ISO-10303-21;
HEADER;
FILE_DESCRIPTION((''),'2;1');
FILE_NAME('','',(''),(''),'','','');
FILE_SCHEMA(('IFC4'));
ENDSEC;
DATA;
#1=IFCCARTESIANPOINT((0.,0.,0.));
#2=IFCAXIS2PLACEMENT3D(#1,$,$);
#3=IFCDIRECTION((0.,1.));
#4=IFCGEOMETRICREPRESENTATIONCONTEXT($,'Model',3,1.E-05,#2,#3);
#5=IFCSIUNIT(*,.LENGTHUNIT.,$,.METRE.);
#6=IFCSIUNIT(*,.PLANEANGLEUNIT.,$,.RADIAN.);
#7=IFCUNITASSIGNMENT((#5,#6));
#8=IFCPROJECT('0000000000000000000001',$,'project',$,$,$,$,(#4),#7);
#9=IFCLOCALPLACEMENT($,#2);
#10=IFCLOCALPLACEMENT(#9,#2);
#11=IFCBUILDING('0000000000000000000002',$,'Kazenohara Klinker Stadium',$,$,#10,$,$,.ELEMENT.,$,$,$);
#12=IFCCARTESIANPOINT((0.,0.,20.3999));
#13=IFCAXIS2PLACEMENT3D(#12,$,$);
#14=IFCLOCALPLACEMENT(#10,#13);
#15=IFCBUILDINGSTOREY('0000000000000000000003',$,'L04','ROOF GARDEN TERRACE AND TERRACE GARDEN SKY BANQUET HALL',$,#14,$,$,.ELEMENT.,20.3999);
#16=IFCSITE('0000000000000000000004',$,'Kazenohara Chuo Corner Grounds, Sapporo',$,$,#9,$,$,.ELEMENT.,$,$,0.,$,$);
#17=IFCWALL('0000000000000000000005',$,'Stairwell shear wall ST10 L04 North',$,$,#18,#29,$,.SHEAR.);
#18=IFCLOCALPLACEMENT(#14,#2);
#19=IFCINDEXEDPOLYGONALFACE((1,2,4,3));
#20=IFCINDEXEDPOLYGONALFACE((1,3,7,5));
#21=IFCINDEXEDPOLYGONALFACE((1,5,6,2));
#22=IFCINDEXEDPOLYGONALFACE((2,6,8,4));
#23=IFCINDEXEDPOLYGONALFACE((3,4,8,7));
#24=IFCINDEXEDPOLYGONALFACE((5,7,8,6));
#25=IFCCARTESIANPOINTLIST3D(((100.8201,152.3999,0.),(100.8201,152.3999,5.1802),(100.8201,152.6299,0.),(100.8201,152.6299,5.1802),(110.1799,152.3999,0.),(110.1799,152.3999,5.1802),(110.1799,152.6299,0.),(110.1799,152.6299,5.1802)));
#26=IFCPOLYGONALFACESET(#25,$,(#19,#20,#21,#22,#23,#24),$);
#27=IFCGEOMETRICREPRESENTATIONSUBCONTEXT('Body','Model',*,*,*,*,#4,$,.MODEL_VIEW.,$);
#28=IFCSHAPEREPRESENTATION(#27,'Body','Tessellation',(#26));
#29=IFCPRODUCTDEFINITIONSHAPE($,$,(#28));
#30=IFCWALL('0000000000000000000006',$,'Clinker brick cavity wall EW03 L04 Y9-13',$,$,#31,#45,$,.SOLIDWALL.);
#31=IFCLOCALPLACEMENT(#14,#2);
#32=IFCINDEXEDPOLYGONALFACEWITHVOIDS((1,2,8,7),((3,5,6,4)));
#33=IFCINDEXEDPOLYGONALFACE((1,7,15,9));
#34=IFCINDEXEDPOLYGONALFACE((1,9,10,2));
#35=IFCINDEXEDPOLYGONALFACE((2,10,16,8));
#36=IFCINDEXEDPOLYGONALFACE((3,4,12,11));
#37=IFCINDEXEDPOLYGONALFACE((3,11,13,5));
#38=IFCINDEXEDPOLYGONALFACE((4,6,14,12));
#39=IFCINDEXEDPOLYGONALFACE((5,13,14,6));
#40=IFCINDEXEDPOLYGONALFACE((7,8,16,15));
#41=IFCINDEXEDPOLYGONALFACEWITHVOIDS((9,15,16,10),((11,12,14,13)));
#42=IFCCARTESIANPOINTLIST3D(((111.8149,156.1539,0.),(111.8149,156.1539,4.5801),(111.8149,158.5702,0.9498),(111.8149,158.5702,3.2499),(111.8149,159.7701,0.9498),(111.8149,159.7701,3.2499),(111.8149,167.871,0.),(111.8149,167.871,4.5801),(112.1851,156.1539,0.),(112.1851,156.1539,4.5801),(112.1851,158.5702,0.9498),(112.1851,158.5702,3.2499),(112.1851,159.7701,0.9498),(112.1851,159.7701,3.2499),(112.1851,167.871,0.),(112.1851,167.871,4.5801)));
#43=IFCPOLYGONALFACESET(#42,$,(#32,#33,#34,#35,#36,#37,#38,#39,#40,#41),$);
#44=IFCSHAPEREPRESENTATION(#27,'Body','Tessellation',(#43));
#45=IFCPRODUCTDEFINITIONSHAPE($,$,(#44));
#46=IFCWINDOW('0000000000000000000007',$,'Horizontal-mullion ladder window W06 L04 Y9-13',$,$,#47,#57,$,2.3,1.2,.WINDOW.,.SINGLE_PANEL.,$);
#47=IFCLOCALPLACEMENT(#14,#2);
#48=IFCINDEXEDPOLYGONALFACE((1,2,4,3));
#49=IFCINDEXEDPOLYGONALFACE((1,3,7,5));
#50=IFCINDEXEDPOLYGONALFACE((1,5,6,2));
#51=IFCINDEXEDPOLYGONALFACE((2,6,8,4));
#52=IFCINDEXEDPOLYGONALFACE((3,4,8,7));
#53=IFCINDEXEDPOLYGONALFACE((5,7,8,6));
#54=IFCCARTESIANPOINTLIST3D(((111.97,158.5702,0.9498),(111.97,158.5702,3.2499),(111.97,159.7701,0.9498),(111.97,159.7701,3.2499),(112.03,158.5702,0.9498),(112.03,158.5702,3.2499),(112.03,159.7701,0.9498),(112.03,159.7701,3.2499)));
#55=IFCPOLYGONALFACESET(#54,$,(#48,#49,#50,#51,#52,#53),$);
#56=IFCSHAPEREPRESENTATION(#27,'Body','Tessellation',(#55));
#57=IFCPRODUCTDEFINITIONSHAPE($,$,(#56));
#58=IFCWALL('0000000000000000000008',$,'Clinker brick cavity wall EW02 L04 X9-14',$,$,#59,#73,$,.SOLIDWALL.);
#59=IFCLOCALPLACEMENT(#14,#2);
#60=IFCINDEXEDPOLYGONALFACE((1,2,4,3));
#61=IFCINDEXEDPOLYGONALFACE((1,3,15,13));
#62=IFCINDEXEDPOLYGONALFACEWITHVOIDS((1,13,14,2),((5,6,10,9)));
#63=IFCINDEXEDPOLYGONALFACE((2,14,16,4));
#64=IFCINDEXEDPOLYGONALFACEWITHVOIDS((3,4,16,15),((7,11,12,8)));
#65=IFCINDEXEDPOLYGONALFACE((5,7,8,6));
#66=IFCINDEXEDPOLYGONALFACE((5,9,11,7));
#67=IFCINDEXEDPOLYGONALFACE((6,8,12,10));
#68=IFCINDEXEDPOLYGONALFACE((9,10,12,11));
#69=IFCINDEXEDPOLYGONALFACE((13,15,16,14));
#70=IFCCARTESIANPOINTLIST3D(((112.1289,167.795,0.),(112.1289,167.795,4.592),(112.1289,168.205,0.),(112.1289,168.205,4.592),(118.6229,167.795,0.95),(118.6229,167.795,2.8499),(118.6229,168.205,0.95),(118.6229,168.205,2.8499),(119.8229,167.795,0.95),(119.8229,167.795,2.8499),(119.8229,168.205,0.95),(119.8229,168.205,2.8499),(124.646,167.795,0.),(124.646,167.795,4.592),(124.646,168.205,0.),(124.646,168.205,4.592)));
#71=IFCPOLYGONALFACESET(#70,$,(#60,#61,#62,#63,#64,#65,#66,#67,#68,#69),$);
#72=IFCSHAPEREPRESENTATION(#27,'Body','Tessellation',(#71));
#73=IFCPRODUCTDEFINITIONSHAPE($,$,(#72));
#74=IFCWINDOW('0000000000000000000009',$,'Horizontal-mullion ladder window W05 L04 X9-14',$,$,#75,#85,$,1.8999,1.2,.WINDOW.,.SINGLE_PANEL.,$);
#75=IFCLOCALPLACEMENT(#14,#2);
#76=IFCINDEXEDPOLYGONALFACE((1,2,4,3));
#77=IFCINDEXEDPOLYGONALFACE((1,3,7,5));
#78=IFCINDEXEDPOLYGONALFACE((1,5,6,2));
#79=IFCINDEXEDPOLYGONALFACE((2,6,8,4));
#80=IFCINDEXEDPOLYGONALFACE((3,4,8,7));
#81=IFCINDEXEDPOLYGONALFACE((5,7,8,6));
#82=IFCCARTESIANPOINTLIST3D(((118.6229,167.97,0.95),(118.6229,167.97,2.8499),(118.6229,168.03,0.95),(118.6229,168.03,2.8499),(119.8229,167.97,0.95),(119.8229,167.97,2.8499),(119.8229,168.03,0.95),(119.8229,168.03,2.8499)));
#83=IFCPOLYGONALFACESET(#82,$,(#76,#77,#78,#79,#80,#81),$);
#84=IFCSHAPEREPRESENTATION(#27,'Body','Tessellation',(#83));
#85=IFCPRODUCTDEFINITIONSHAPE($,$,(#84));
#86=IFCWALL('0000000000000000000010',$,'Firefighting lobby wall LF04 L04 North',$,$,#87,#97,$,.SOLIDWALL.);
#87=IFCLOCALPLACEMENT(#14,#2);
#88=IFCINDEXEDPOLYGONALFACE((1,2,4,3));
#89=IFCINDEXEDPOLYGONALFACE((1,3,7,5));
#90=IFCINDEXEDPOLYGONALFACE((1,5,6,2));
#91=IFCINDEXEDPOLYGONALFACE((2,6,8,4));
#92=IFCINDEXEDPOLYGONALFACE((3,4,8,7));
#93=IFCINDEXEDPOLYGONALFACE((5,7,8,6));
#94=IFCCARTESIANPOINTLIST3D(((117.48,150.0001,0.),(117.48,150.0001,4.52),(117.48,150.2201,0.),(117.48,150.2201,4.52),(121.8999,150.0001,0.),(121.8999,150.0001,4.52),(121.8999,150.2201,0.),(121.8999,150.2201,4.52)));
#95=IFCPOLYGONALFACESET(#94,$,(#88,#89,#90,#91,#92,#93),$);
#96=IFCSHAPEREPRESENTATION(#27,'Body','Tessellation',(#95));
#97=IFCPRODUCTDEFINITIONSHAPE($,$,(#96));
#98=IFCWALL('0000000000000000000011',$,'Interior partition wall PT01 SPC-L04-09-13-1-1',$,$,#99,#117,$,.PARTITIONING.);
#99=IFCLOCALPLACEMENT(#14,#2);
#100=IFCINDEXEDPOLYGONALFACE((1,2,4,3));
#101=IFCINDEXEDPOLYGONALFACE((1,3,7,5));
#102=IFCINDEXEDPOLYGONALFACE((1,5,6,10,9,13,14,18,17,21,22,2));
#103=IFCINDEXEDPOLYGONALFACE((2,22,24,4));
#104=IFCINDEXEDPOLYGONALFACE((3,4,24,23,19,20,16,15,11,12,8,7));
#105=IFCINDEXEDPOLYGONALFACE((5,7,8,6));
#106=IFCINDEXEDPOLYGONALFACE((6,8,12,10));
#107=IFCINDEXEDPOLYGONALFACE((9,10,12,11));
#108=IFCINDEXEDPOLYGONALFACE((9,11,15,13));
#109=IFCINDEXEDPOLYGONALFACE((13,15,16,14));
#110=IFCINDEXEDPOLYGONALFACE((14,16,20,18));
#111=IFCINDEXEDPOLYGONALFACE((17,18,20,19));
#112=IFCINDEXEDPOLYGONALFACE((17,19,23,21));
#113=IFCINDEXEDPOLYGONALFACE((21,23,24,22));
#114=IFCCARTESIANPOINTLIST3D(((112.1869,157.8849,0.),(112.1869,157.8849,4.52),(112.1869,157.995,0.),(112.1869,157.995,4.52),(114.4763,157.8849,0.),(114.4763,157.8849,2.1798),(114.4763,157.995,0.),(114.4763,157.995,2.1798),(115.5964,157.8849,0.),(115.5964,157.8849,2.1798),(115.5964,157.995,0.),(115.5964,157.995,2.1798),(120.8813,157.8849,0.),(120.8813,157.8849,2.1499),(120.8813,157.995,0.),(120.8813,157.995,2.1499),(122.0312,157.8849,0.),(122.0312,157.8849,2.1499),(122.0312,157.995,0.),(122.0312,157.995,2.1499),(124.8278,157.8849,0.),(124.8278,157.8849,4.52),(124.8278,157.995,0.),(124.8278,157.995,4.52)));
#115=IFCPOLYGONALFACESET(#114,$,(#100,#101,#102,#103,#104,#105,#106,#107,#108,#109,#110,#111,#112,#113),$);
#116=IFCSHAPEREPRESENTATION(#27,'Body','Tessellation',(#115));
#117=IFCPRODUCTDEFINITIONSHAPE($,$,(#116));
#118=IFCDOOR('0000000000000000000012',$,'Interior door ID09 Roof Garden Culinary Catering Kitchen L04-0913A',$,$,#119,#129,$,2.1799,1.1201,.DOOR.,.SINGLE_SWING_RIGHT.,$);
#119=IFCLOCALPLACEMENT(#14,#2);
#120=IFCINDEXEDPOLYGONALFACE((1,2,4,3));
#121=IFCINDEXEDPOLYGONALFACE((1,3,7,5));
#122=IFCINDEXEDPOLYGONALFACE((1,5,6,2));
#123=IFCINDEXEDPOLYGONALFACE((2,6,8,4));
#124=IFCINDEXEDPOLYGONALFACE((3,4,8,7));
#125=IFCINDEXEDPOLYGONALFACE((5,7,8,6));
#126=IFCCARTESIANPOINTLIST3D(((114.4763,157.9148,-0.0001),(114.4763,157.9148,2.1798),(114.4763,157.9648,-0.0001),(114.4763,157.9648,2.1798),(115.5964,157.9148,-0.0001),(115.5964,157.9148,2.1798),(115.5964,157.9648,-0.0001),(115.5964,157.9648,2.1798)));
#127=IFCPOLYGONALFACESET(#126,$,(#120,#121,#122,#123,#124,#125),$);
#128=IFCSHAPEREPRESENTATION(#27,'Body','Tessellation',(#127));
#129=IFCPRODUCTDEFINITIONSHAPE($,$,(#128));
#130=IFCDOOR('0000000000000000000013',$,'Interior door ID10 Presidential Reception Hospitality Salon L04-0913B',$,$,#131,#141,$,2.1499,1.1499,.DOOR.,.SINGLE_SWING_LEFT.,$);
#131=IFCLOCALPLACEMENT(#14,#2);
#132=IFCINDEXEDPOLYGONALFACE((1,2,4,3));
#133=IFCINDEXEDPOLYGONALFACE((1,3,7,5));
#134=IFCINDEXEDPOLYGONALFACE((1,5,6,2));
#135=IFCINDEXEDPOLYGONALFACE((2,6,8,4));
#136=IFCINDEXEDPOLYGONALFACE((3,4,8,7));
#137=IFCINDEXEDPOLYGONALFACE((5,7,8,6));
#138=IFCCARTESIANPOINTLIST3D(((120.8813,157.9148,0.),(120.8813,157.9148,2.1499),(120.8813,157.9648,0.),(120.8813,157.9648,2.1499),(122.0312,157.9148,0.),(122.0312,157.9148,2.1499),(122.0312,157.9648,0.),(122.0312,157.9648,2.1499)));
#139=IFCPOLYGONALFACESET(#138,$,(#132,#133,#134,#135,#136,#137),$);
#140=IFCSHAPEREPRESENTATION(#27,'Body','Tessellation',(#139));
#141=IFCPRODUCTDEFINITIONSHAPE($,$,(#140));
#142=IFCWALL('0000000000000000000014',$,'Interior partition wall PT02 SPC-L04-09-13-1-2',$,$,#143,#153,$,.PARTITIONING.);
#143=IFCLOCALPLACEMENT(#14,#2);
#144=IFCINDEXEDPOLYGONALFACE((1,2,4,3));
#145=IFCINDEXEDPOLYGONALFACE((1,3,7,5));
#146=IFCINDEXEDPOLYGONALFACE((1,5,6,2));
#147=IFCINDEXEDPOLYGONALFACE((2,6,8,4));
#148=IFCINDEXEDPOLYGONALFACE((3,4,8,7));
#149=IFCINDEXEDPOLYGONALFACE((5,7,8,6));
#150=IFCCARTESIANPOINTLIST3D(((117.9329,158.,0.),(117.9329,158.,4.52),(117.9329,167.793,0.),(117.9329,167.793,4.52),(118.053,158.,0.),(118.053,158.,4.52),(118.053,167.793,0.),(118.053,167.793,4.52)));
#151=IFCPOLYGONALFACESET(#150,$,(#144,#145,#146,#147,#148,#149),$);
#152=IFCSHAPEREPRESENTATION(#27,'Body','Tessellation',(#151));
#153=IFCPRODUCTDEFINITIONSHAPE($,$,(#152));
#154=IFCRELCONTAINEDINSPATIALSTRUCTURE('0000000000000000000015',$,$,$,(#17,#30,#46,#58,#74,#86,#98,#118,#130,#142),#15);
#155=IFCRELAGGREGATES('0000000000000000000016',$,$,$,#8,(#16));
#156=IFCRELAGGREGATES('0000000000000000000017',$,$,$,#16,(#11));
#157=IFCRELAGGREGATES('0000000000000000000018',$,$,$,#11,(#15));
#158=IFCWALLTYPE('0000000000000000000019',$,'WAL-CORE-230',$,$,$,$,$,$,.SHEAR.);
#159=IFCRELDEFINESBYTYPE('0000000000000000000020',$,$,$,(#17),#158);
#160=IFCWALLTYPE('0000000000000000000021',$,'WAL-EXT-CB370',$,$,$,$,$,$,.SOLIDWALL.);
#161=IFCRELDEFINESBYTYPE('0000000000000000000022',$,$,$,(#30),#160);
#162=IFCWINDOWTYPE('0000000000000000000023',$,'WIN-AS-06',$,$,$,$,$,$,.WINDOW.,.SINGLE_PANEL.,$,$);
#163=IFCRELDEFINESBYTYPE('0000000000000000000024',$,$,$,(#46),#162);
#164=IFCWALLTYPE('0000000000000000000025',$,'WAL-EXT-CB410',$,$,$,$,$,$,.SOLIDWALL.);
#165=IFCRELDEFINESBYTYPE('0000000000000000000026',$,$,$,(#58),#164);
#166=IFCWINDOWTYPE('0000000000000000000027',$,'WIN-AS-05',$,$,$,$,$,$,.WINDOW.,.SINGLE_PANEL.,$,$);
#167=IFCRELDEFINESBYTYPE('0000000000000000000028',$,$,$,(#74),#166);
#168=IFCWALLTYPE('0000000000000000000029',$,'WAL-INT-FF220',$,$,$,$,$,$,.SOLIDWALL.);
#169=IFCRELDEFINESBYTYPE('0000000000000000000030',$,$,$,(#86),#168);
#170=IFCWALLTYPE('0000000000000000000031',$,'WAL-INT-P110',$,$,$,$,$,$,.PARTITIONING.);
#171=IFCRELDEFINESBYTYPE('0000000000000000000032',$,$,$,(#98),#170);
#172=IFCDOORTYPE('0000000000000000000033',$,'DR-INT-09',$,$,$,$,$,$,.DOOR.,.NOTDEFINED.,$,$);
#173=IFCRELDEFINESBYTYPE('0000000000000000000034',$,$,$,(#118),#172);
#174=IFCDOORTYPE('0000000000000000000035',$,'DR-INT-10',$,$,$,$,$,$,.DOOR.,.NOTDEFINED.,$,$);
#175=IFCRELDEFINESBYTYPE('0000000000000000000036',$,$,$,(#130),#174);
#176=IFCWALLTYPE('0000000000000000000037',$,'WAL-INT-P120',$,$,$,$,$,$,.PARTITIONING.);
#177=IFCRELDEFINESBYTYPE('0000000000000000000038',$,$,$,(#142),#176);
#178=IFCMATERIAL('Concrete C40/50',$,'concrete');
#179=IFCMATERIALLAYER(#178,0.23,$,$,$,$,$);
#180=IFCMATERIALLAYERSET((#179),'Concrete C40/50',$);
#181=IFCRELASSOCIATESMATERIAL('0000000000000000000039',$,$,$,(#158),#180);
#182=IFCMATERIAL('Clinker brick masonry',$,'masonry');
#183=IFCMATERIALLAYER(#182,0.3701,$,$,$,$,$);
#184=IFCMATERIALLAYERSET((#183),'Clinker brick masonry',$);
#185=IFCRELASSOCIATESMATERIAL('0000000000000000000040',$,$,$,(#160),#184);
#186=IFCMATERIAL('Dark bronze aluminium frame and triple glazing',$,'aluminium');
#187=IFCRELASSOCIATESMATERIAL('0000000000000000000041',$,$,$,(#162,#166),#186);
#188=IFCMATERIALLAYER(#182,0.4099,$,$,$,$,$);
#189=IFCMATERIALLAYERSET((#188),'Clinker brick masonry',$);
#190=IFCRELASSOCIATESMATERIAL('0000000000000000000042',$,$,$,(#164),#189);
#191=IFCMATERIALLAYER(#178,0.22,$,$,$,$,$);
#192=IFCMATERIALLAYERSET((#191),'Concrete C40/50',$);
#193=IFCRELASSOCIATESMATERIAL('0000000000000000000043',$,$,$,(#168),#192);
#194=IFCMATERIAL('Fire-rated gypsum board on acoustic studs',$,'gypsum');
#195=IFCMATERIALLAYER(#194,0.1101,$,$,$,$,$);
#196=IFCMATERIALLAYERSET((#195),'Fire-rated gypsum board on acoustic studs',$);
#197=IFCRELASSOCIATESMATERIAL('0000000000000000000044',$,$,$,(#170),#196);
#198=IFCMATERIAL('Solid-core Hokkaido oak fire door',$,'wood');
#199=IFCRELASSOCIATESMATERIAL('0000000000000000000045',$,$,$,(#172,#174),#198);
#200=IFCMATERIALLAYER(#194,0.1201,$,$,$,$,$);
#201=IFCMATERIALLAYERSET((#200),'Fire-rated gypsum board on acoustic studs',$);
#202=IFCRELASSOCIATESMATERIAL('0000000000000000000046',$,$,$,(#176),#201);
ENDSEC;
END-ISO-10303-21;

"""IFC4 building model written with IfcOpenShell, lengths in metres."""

from ifc_helpers import new_model, si_unit, direction, frame, frame_2d, origin, place, context, subcontext, project, spatial, rectangle, extrude, material, layer, layer_set, type_object, element, fill, save


model = new_model("IFC4")

# Units and contexts
model_context = context("Model", 3, precision=1e-05, world=origin(), true_north=direction((0.0, 1.0)))
body_context = subcontext(model_context, "Body", "Model", "MODEL_VIEW")
ifc_project = project(units=[si_unit("LENGTHUNIT", "METRE"), si_unit("PLANEANGLEUNIT", "RADIAN")], contexts=[model_context])

# Site, building, storey
site_placement = place(None, origin())
site = spatial("IfcSite", under=ifc_project, at=site_placement, Name="Kazenohara Chuo Corner Grounds, Sapporo", CompositionType="ELEMENT", RefElevation=0.0)
building_placement = place(site_placement, origin())
building = spatial("IfcBuilding", under=site, at=building_placement, Name="Kazenohara Klinker Stadium", CompositionType="ELEMENT")
storey_placement = place(building_placement, frame((0.0, 0.0, 20.3999)))
storey = spatial("IfcBuildingStorey", under=building, at=storey_placement, Name="L04", Description="ROOF GARDEN TERRACE AND TERRACE GARDEN SKY BANQUET HALL", CompositionType="ELEMENT", Elevation=20.3999)

# Shared definitions
ifc_material_1 = material(Name="Concrete C40/50", Category="concrete")

# Wall
ifc_layer_1 = layer(ifc_material_1, 0.23)
ifc_layer_set_1 = layer_set([ifc_layer_1], Name="Concrete C40/50")
wall_type_1 = type_object("IfcWallType", Name="WAL-CORE-230", PredefinedType="SHEAR", material=ifc_layer_set_1)
wall_1_placement = place(storey_placement, frame((100.8201, 152.5149, 0.0), z_axis=(0.0, 0.0, 1.0), x_axis=(1.0, 0.0, 0.0)))
element("IfcWall", 1, at=wall_1_placement, inside=storey, type_object=wall_type_1, Name="Stairwell shear wall ST10 L04 North", PredefinedType="SHEAR", context=body_context, shape_type="SweptSolid", body=[
    extrude(rectangle(XDim=9.3599, YDim=0.23, at=frame_2d((4.6799, 0.0))), origin(), (0.0, 0.0, 1.0), 5.1802),
])

# Walls, openings, windows
ifc_material_2 = material(Name="Clinker brick masonry", Category="masonry")
ifc_layer_2 = layer(ifc_material_2, 0.3701)
ifc_layer_set_2 = layer_set([ifc_layer_2], Name="Clinker brick masonry")
wall_type_2 = type_object("IfcWallType", Name="WAL-EXT-CB370", PredefinedType="SOLIDWALL", material=ifc_layer_set_2)
wall_2_placement = place(storey_placement, frame((112.0, 156.1541, 0.0), z_axis=(0.0, 0.0, 1.0), x_axis=(0.0, 1.0, 0.0)))
wall_2 = element("IfcWall", 2, at=wall_2_placement, inside=storey, type_object=wall_type_2, Name="Clinker brick cavity wall EW03 L04 Y9-13", PredefinedType="SOLIDWALL", context=body_context, shape_type="SweptSolid", body=[
    extrude(rectangle(XDim=11.717, YDim=0.3701, at=frame_2d((5.8584, 0.0))), origin(), (0.0, 0.0, 1.0), 4.5801),
])
opening_1_placement = place(wall_2_placement, frame((2.416, 0.0, 0.95)))
opening_1 = element("IfcOpeningElement", 3, at=opening_1_placement, cuts=wall_2, PredefinedType="OPENING", context=body_context, shape_type="SweptSolid", body=[
    extrude(rectangle(XDim=1.2, YDim=2.3, at=frame_2d((0.6001, 1.1499))), frame((0.0, 0.1951, 0.0), z_axis=(0.0, -1.0, 0.0), x_axis=(1.0, 0.0, 0.0)), (0.0, 0.0, 1.0), 0.3901),
])
ifc_material_3 = material(Name="Dark bronze aluminium frame and triple glazing", Category="aluminium")
window_type_1 = type_object("IfcWindowType", Name="WIN-AS-06", PartitioningType="SINGLE_PANEL", PredefinedType="WINDOW", material=ifc_material_3)
window_1_placement = place(opening_1_placement, origin())
window_1 = element("IfcWindow", 4, at=window_1_placement, inside=storey, type_object=window_type_1, Name="Horizontal-mullion ladder window W06 L04 Y9-13", OverallHeight=2.3, OverallWidth=1.2, PartitioningType="SINGLE_PANEL", PredefinedType="WINDOW", context=body_context, shape_type="SweptSolid", body=[
    extrude(rectangle(XDim=1.2, YDim=2.3, at=frame_2d((0.6001, 1.1499))), frame((0.0, 0.03, 0.0), z_axis=(0.0, -1.0, 0.0), x_axis=(1.0, 0.0, 0.0)), (0.0, 0.0, 1.0), 0.0601),
])
fill(opening_1, window_1)
ifc_layer_3 = layer(ifc_material_2, 0.4099)
ifc_layer_set_3 = layer_set([ifc_layer_3], Name="Clinker brick masonry")
wall_type_3 = type_object("IfcWallType", Name="WAL-EXT-CB410", PredefinedType="SOLIDWALL", material=ifc_layer_set_3)
wall_3_placement = place(storey_placement, frame((112.1289, 168.0, 0.0), z_axis=(0.0, 0.0, 1.0), x_axis=(1.0, 0.0, 0.0)))
wall_3 = element("IfcWall", 5, at=wall_3_placement, inside=storey, type_object=wall_type_3, Name="Clinker brick cavity wall EW02 L04 X9-14", PredefinedType="SOLIDWALL", context=body_context, shape_type="SweptSolid", body=[
    extrude(rectangle(XDim=12.5171, YDim=0.4099, at=frame_2d((6.2585, 0.0))), origin(), (0.0, 0.0, 1.0), 4.592),
])
opening_2_placement = place(wall_3_placement, frame((6.4939, 0.0, 0.95)))
opening_2 = element("IfcOpeningElement", 6, at=opening_2_placement, cuts=wall_3, PredefinedType="OPENING", context=body_context, shape_type="SweptSolid", body=[
    extrude(rectangle(XDim=1.2, YDim=1.8999, at=frame_2d((0.6001, 0.95))), frame((0.0, 0.2148, 0.0), z_axis=(0.0, -1.0, 0.0), x_axis=(1.0, 0.0, 0.0)), (0.0, 0.0, 1.0), 0.4299),
])
window_type_2 = type_object("IfcWindowType", Name="WIN-AS-05", PartitioningType="SINGLE_PANEL", PredefinedType="WINDOW", material=ifc_material_3)
window_2_placement = place(opening_2_placement, origin())
window_2 = element("IfcWindow", 7, at=window_2_placement, inside=storey, type_object=window_type_2, Name="Horizontal-mullion ladder window W05 L04 X9-14", OverallHeight=1.8999, OverallWidth=1.2, PartitioningType="SINGLE_PANEL", PredefinedType="WINDOW", context=body_context, shape_type="SweptSolid", body=[
    extrude(rectangle(XDim=1.2, YDim=1.8999, at=frame_2d((0.6001, 0.95))), frame((0.0, 0.03, 0.0), z_axis=(0.0, -1.0, 0.0), x_axis=(1.0, 0.0, 0.0)), (0.0, 0.0, 1.0), 0.0601),
])
fill(opening_2, window_2)

# Wall
ifc_layer_4 = layer(ifc_material_1, 0.22)
ifc_layer_set_4 = layer_set([ifc_layer_4], Name="Concrete C40/50")
wall_type_4 = type_object("IfcWallType", Name="WAL-INT-FF220", PredefinedType="SOLIDWALL", material=ifc_layer_set_4)
wall_4_placement = place(storey_placement, frame((117.48, 150.1101, 0.0), z_axis=(0.0, 0.0, 1.0), x_axis=(1.0, 0.0, 0.0)))
element("IfcWall", 8, at=wall_4_placement, inside=storey, type_object=wall_type_4, Name="Firefighting lobby wall LF04 L04 North", PredefinedType="SOLIDWALL", context=body_context, shape_type="SweptSolid", body=[
    extrude(rectangle(XDim=4.4199, YDim=0.22, at=frame_2d((2.21, 0.0))), origin(), (0.0, 0.0, 1.0), 4.52),
])

# Wall, openings, doors
ifc_material_4 = material(Name="Fire-rated gypsum board on acoustic studs", Category="gypsum")
ifc_layer_5 = layer(ifc_material_4, 0.1101)
ifc_layer_set_5 = layer_set([ifc_layer_5], Name="Fire-rated gypsum board on acoustic studs")
wall_type_5 = type_object("IfcWallType", Name="WAL-INT-P110", PredefinedType="PARTITIONING", material=ifc_layer_set_5)
wall_5_placement = place(storey_placement, frame((112.187, 157.9399, 0.0), z_axis=(0.0, 0.0, 1.0), x_axis=(1.0, 0.0, 0.0)))
wall_5 = element("IfcWall", 9, at=wall_5_placement, inside=storey, type_object=wall_type_5, Name="Interior partition wall PT01 SPC-L04-09-13-1-1", PredefinedType="PARTITIONING", context=body_context, shape_type="SweptSolid", body=[
    extrude(rectangle(XDim=12.6409, YDim=0.1101, at=frame_2d((6.3203, 0.0))), origin(), (0.0, 0.0, 1.0), 4.52),
])
opening_3_placement = place(wall_5_placement, frame((2.2893, 0.0, 0.0)))
opening_3 = element("IfcOpeningElement", 10, at=opening_3_placement, cuts=wall_5, PredefinedType="OPENING", context=body_context, shape_type="SweptSolid", body=[
    extrude(rectangle(XDim=1.1201, YDim=2.1799, at=frame_2d((0.5601, 1.0898))), frame((0.0, 0.0649, 0.0), z_axis=(0.0, -1.0, 0.0), x_axis=(1.0, 0.0, 0.0)), (0.0, 0.0, 1.0), 0.1301),
])
opening_4_placement = place(wall_5_placement, frame((8.6943, 0.0, 0.0)))
opening_4 = element("IfcOpeningElement", 11, at=opening_4_placement, cuts=wall_5, PredefinedType="OPENING", context=body_context, shape_type="SweptSolid", body=[
    extrude(rectangle(XDim=1.1499, YDim=2.1499, at=frame_2d((0.575, 1.075))), frame((0.0, 0.0649, 0.0), z_axis=(0.0, -1.0, 0.0), x_axis=(1.0, 0.0, 0.0)), (0.0, 0.0, 1.0), 0.1301),
])
ifc_material_5 = material(Name="Solid-core Hokkaido oak fire door", Category="wood")
door_type_1 = type_object("IfcDoorType", Name="DR-INT-09", OperationType="NOTDEFINED", PredefinedType="DOOR", material=ifc_material_5)
door_1_placement = place(opening_3_placement, origin())
door_1 = element("IfcDoor", 12, at=door_1_placement, inside=storey, type_object=door_type_1, Name="Interior door ID09 Roof Garden Culinary Catering Kitchen L04-0913A", OperationType="SINGLE_SWING_RIGHT", OverallHeight=2.1799, OverallWidth=1.1201, PredefinedType="DOOR", context=body_context, shape_type="SweptSolid", body=[
    extrude(rectangle(XDim=1.1201, YDim=2.1799, at=frame_2d((0.5601, 1.0898))), frame((0.0, 0.0249, 0.0), z_axis=(0.0, -1.0, 0.0), x_axis=(1.0, 0.0, 0.0)), (0.0, 0.0, 1.0), 0.05),
])
fill(opening_3, door_1)
door_type_2 = type_object("IfcDoorType", Name="DR-INT-10", OperationType="NOTDEFINED", PredefinedType="DOOR", material=ifc_material_5)
door_2_placement = place(opening_4_placement, origin())
door_2 = element("IfcDoor", 13, at=door_2_placement, inside=storey, type_object=door_type_2, Name="Interior door ID10 Presidential Reception Hospitality Salon L04-0913B", OperationType="SINGLE_SWING_LEFT", OverallHeight=2.1499, OverallWidth=1.1499, PredefinedType="DOOR", context=body_context, shape_type="SweptSolid", body=[
    extrude(rectangle(XDim=1.1499, YDim=2.1499, at=frame_2d((0.575, 1.075))), frame((0.0, 0.0249, 0.0), z_axis=(0.0, -1.0, 0.0), x_axis=(1.0, 0.0, 0.0)), (0.0, 0.0, 1.0), 0.05),
])
fill(opening_4, door_2)

# Wall
ifc_layer_6 = layer(ifc_material_4, 0.1201)
ifc_layer_set_6 = layer_set([ifc_layer_6], Name="Fire-rated gypsum board on acoustic studs")
wall_type_6 = type_object("IfcWallType", Name="WAL-INT-P120", PredefinedType="PARTITIONING", material=ifc_layer_set_6)
wall_6_placement = place(storey_placement, frame((117.9929, 158.0, 0.0), z_axis=(0.0, 0.0, 1.0), x_axis=(0.0, 1.0, 0.0)))
element("IfcWall", 14, at=wall_6_placement, inside=storey, type_object=wall_type_6, Name="Interior partition wall PT02 SPC-L04-09-13-1-2", PredefinedType="PARTITIONING", context=body_context, shape_type="SweptSolid", body=[
    extrude(rectangle(XDim=9.793, YDim=0.1201, at=frame_2d((4.8965, 0.0))), origin(), (0.0, 0.0, 1.0), 4.52),
])

save(model, "model.ifc")
